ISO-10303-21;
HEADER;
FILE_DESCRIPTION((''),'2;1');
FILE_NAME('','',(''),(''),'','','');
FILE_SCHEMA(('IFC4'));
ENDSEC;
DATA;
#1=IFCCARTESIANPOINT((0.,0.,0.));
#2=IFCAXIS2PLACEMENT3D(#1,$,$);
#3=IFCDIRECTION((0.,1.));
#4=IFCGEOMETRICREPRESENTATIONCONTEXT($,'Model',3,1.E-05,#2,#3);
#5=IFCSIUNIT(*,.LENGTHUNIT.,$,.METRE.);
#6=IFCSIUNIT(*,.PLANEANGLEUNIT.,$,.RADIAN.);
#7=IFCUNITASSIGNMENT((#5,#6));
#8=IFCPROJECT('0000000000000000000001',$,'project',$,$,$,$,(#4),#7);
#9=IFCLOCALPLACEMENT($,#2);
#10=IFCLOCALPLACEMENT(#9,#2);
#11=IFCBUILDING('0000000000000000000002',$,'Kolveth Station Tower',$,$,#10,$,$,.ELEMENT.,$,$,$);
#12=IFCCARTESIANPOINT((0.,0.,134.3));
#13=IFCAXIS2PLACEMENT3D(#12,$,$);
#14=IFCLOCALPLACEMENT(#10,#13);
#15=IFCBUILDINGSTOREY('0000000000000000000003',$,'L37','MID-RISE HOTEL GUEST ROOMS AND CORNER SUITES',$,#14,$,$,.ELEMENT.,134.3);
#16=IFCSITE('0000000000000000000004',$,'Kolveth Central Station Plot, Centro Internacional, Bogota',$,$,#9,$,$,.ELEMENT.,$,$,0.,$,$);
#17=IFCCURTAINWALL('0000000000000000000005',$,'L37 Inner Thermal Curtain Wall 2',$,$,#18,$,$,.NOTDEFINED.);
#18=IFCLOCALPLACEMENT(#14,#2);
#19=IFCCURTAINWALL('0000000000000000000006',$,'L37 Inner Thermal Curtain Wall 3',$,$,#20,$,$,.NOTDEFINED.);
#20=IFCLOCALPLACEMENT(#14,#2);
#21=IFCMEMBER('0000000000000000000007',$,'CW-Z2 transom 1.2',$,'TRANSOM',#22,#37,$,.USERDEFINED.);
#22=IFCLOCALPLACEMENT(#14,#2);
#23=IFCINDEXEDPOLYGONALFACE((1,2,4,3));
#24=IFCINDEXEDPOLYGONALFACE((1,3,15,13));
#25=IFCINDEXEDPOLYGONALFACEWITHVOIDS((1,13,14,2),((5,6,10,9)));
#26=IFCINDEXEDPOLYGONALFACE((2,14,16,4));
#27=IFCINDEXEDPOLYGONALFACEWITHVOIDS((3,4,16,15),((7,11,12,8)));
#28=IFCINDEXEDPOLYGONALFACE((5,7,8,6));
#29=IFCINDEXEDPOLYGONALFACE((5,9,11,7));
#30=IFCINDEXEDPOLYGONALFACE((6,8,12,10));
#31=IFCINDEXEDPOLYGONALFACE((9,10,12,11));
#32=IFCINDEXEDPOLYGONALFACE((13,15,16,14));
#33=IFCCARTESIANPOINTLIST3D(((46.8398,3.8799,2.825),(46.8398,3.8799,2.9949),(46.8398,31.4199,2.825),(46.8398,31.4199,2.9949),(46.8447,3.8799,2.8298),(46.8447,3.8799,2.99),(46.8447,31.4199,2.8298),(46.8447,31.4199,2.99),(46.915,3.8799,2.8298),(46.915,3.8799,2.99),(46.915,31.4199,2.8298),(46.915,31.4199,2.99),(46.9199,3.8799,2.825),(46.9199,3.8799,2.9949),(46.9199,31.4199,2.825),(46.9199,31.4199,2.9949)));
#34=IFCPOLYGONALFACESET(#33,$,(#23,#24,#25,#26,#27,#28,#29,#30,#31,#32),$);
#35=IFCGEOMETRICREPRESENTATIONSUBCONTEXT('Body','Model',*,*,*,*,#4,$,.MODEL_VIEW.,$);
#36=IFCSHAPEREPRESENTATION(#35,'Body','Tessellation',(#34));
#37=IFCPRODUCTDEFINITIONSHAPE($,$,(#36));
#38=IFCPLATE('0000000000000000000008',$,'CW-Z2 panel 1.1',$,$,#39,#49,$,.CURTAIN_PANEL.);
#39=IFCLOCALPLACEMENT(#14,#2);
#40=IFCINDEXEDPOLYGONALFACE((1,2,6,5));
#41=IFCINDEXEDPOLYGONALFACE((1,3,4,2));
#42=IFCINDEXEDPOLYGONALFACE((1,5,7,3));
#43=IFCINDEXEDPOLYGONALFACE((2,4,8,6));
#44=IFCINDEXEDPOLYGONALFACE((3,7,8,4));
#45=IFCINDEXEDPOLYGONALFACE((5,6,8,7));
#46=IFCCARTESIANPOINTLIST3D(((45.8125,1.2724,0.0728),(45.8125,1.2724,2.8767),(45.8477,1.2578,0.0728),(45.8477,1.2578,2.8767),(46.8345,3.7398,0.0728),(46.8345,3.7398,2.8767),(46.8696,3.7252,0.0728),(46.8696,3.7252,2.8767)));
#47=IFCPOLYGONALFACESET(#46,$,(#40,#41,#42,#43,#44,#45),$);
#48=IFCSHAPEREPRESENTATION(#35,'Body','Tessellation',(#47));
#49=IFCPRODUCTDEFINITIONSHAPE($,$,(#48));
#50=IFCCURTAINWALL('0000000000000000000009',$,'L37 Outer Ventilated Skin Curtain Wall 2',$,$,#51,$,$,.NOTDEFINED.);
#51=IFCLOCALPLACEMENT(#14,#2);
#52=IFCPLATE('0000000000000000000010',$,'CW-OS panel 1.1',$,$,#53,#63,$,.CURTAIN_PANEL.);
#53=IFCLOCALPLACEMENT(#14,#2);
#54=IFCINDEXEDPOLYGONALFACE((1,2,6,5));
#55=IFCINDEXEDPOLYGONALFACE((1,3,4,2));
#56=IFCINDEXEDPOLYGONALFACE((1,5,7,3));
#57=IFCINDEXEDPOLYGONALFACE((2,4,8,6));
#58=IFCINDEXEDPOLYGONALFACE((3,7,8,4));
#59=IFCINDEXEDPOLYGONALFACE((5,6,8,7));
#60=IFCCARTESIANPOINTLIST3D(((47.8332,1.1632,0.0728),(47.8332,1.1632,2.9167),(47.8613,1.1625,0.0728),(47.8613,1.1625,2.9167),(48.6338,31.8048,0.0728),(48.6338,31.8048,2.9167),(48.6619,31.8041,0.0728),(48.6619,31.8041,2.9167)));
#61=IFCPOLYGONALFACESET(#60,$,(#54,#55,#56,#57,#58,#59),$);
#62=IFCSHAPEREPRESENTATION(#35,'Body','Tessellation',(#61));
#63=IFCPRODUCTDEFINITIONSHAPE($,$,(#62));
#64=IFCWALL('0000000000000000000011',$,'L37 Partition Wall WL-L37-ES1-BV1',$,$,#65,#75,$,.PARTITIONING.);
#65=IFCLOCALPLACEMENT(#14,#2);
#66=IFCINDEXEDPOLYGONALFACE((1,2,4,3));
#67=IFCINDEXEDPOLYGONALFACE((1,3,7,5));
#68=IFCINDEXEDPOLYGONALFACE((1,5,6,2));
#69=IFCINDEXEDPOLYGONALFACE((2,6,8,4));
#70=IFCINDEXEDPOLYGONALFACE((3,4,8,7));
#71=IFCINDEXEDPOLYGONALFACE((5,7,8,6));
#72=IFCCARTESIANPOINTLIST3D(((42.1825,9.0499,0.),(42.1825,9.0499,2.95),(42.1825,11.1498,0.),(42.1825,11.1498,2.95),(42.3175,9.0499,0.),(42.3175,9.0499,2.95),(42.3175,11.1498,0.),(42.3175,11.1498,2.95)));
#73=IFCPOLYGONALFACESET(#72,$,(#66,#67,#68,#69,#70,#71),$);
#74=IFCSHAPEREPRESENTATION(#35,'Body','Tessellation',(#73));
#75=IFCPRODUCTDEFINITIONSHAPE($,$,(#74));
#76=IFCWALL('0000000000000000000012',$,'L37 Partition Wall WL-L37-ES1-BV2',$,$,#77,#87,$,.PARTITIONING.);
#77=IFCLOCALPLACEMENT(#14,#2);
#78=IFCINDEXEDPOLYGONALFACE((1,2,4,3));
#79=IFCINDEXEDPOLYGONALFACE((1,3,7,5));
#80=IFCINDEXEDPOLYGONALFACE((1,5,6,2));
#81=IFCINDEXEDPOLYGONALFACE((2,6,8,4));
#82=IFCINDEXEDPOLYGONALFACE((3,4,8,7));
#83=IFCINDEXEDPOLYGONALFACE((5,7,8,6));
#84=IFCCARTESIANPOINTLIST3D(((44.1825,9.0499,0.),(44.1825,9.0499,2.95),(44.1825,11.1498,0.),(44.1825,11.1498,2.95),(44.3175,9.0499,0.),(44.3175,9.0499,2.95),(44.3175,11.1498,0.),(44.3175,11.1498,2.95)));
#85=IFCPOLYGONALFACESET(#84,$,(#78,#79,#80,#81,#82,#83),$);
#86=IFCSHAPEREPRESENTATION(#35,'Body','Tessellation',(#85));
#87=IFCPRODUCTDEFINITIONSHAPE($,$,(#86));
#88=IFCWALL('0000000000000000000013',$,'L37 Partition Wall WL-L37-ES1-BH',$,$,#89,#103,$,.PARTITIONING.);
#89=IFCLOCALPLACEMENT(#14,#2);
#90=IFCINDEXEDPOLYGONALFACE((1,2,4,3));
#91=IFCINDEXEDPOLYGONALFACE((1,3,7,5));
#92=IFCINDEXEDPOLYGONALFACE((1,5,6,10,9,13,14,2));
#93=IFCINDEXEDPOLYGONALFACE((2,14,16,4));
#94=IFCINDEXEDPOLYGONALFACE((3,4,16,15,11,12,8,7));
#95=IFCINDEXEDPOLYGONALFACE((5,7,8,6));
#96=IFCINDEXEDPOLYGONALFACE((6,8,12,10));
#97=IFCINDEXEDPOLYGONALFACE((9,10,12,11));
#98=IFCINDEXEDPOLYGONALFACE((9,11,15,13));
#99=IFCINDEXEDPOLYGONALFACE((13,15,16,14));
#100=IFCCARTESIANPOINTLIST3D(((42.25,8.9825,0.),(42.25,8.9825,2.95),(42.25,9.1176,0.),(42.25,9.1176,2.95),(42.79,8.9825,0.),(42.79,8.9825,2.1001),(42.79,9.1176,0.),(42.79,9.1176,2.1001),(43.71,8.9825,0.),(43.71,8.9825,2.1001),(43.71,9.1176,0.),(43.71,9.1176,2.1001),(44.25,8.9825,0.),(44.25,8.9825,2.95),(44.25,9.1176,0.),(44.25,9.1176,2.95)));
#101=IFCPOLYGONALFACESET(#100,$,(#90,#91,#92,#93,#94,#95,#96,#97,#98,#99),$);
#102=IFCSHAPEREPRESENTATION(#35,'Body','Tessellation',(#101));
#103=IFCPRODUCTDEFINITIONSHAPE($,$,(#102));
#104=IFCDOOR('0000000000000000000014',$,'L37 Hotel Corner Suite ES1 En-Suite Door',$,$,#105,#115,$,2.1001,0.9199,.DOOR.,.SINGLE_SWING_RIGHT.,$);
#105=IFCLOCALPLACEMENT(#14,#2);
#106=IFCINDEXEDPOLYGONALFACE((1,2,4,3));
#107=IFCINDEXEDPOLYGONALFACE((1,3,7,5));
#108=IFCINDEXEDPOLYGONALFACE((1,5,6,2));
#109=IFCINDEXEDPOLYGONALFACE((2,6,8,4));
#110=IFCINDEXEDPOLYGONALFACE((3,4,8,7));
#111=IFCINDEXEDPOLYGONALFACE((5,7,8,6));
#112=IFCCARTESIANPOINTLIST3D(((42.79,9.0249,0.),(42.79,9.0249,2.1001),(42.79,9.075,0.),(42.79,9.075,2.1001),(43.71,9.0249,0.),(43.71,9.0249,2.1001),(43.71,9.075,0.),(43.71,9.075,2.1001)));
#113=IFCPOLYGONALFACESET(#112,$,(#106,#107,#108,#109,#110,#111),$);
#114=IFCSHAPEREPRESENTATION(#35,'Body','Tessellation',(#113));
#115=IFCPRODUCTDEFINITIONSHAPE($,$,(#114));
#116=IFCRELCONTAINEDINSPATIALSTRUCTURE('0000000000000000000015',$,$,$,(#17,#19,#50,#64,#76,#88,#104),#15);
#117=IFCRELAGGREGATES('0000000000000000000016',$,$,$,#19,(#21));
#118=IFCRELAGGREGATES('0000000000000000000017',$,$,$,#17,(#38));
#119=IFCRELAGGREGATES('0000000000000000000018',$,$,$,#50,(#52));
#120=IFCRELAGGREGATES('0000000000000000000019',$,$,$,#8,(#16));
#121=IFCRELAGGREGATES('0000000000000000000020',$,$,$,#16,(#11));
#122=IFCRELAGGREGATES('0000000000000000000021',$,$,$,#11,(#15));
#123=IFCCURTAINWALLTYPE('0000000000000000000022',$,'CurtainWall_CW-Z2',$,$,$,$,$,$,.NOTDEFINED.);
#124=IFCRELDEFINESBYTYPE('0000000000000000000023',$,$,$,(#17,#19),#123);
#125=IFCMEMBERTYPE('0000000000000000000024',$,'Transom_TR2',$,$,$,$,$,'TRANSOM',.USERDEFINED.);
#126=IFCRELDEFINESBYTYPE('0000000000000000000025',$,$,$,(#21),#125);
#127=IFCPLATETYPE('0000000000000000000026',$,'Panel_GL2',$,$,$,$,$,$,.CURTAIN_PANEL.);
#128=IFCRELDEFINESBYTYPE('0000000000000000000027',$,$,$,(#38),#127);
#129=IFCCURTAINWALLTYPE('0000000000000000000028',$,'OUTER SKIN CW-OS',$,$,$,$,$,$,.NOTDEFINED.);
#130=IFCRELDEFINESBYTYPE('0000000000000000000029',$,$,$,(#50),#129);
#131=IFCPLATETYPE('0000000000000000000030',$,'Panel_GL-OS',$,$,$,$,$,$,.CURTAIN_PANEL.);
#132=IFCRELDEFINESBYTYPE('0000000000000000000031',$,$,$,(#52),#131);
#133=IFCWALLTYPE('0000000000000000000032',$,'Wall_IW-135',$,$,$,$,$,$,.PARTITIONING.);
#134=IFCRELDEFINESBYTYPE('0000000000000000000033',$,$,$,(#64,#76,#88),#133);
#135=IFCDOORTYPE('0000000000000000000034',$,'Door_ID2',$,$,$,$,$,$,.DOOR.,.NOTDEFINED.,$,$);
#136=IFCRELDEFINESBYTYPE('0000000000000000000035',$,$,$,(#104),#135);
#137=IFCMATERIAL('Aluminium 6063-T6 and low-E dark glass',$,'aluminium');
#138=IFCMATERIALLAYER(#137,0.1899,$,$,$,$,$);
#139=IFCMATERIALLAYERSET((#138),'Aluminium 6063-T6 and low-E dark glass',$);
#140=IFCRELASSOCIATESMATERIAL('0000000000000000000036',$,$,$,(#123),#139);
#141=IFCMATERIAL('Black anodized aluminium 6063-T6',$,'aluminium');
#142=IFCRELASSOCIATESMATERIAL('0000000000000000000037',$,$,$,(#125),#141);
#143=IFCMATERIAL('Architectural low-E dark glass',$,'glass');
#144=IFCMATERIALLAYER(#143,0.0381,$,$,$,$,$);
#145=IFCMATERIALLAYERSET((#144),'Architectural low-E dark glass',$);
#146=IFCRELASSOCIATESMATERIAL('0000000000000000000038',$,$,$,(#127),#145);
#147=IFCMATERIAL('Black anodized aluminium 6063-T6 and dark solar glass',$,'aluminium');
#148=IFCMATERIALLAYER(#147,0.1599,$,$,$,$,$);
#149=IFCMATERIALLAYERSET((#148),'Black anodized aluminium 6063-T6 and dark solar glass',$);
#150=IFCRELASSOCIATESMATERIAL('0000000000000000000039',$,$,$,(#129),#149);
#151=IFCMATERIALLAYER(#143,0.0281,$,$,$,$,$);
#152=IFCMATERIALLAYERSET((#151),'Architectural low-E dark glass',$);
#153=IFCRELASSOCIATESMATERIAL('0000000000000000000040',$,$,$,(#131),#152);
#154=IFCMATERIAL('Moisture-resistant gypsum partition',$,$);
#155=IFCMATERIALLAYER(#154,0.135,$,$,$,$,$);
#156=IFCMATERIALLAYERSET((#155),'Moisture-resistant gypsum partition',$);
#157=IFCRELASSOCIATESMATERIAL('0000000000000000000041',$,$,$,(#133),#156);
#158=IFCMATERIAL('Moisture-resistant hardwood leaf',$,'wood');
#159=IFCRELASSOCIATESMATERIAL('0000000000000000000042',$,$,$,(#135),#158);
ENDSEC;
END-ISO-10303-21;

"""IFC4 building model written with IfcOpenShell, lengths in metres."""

from ifc_helpers import new_model, si_unit, direction, frame, frame_2d, origin, origin_2d, place, context, subcontext, project, spatial, rectangle, hollow_rectangle, extrude, source, transform, mapped, material, layer, layer_set, material_profile, profile_set, type_object, element, fill, aggregate, save


model = new_model("IFC4")

# Units and contexts
model_context = context("Model", 3, precision=1e-05, world=origin(), true_north=direction((0.0, 1.0)))
body_context = subcontext(model_context, "Body", "Model", "MODEL_VIEW")
ifc_project = project(units=[si_unit("LENGTHUNIT", "METRE"), si_unit("PLANEANGLEUNIT", "RADIAN")], contexts=[model_context])

# Site, building, storey
site_placement = place(None, origin())
site = spatial("IfcSite", under=ifc_project, at=site_placement, Name="Kolveth Central Station Plot, Centro Internacional, Bogota", CompositionType="ELEMENT", RefElevation=0.0)
building_placement = place(site_placement, origin())
building = spatial("IfcBuilding", under=site, at=building_placement, Name="Kolveth Station Tower", CompositionType="ELEMENT")
storey_placement = place(building_placement, frame((0.0, 0.0, 134.3)))
storey = spatial("IfcBuildingStorey", under=building, at=storey_placement, Name="L37", Description="MID-RISE HOTEL GUEST ROOMS AND CORNER SUITES", CompositionType="ELEMENT", Elevation=134.3)

# Curtain wall
ifc_material_1 = material(Name="Aluminium 6063-T6 and low-E dark glass", Category="aluminium")
ifc_layer_1 = layer(ifc_material_1, 0.1899)
ifc_layer_set_1 = layer_set([ifc_layer_1], Name="Aluminium 6063-T6 and low-E dark glass")
curtain_wall_type_1 = type_object("IfcCurtainWallType", Name="CurtainWall_CW-Z2", PredefinedType="NOTDEFINED", material=ifc_layer_set_1)
curtain_wall_1_placement = place(storey_placement, origin())
curtain_wall_1 = element("IfcCurtainWall", 1, at=curtain_wall_1_placement, inside=storey, type_object=curtain_wall_type_1, Name="L37 Inner Thermal Curtain Wall 2", PredefinedType="NOTDEFINED")
ifc_material_2 = material(Name="Black anodized aluminium 6063-T6", Category="aluminium")

# Curtain wall, member
curtain_wall_2_placement = place(storey_placement, origin())
curtain_wall_2 = element("IfcCurtainWall", 2, at=curtain_wall_2_placement, inside=storey, type_object=curtain_wall_type_1, Name="L37 Inner Thermal Curtain Wall 3", PredefinedType="NOTDEFINED")
ifc_material_profile_1 = material_profile(ifc_material_2, hollow_rectangle(XDim=0.0801, YDim=0.1699, WallThickness=0.0049, at=origin_2d()), Name="ALU-80x170x5")
ifc_profile_set_1 = profile_set([ifc_material_profile_1], Name="Black anodized aluminium 6063-T6")
member_type_1 = type_object("IfcMemberType", Name="Transom_TR2", ElementType="TRANSOM", PredefinedType="USERDEFINED", material=ifc_profile_set_1)
shared_shape_1 = source(origin(), body_context, "Body", "SweptSolid", [
    extrude(hollow_rectangle(XDim=0.0801, YDim=0.1699, WallThickness=0.0049, at=origin_2d()), origin(), (0.0, 0.0, 1.0), 27.54),
])
member_1_placement = place(storey_placement, frame((46.8799, 3.8799, 2.9099), z_axis=(0.0, 1.0, 0.0), x_axis=(-1.0, 0.0, 0.0)))
member_1 = element("IfcMember", 3, at=member_1_placement, type_object=member_type_1, Name="CW-Z2 transom 1.2", ObjectType="TRANSOM", PredefinedType="USERDEFINED", context=body_context, shape_type="MappedRepresentation", body=[
    mapped(shared_shape_1, transform((0.0, 0.0, 0.0), x_axis=(1.0, 0.0, 0.0), y_axis=(0.0, 1.0, 0.0), z_axis=(0.0, 0.0, 1.0), scale=1.0)),
])
aggregate(curtain_wall_2, [member_1])

# Plate
ifc_material_3 = material(Name="Architectural low-E dark glass", Category="glass")
ifc_layer_2 = layer(ifc_material_3, 0.0381)
ifc_layer_set_2 = layer_set([ifc_layer_2], Name="Architectural low-E dark glass")
plate_type_1 = type_object("IfcPlateType", Name="Panel_GL2", PredefinedType="CURTAIN_PANEL", material=ifc_layer_set_2)
shared_shape_2 = source(origin(), body_context, "Body", "SweptSolid", [
    extrude(rectangle(XDim=2.6707, YDim=0.0381, at=origin_2d()), origin(), (0.0, 0.0, 1.0), 2.804),
])
plate_1_placement = place(storey_placement, frame((46.3411, 2.4988, 0.0728), z_axis=(0.0, 0.0, 1.0), x_axis=(0.382663, 0.923888, 0.0)))
plate_1 = element("IfcPlate", 4, at=plate_1_placement, type_object=plate_type_1, Name="CW-Z2 panel 1.1", PredefinedType="CURTAIN_PANEL", context=body_context, shape_type="MappedRepresentation", body=[
    mapped(shared_shape_2, transform((0.0, 0.0, 0.0), x_axis=(1.0, 0.0, 0.0), y_axis=(0.0, 1.0, 0.0), z_axis=(0.0, 0.0, 1.0), scale=1.0)),
])
aggregate(curtain_wall_1, [plate_1])

# Curtain wall, plate
ifc_material_4 = material(Name="Black anodized aluminium 6063-T6 and dark solar glass", Category="aluminium")
ifc_layer_3 = layer(ifc_material_4, 0.1599)
ifc_layer_set_3 = layer_set([ifc_layer_3], Name="Black anodized aluminium 6063-T6 and dark solar glass")
curtain_wall_type_2 = type_object("IfcCurtainWallType", Name="OUTER SKIN CW-OS", PredefinedType="NOTDEFINED", material=ifc_layer_set_3)
curtain_wall_3_placement = place(storey_placement, origin())
curtain_wall_3 = element("IfcCurtainWall", 5, at=curtain_wall_3_placement, inside=storey, type_object=curtain_wall_type_2, Name="L37 Outer Ventilated Skin Curtain Wall 2", PredefinedType="NOTDEFINED")
ifc_layer_4 = layer(ifc_material_3, 0.0281)
ifc_layer_set_4 = layer_set([ifc_layer_4], Name="Architectural low-E dark glass")
plate_type_2 = type_object("IfcPlateType", Name="Panel_GL-OS", PredefinedType="CURTAIN_PANEL", material=ifc_layer_set_4)
shared_shape_3 = source(origin(), body_context, "Body", "SweptSolid", [
    extrude(rectangle(XDim=30.6521, YDim=0.0281, at=origin_2d()), origin(), (0.0, 0.0, 1.0), 2.844),
])
plate_2_placement = place(storey_placement, frame((48.2476, 16.4836, 0.0728), z_axis=(0.0, 0.0, 1.0), x_axis=(0.026118, 0.999659, 0.0)))
plate_2 = element("IfcPlate", 6, at=plate_2_placement, type_object=plate_type_2, Name="CW-OS panel 1.1", PredefinedType="CURTAIN_PANEL", context=body_context, shape_type="MappedRepresentation", body=[
    mapped(shared_shape_3, transform((0.0, 0.0, 0.0), x_axis=(1.0, 0.0, 0.0), y_axis=(0.0, 1.0, 0.0), z_axis=(0.0, 0.0, 1.0), scale=1.0)),
])
aggregate(curtain_wall_3, [plate_2])

# Walls
ifc_material_5 = material(Name="Moisture-resistant gypsum partition")
ifc_layer_5 = layer(ifc_material_5, 0.135)
ifc_layer_set_5 = layer_set([ifc_layer_5], Name="Moisture-resistant gypsum partition")
wall_type = type_object("IfcWallType", Name="Wall_IW-135", PredefinedType="PARTITIONING", material=ifc_layer_set_5)
for number, where, z_axis, x_axis, name in (
    (7, (42.25, 9.05, 0.0), (0.0, 0.0, 1.0), (0.0, 1.0, 0.0), "L37 Partition Wall WL-L37-ES1-BV1"),
    (8, (44.25, 9.05, 0.0), (0.0, 0.0, 1.0), (0.0, 1.0, 0.0), "L37 Partition Wall WL-L37-ES1-BV2"),
):
    element("IfcWall", number, at=place(storey_placement, frame(where, z_axis=z_axis, x_axis=x_axis)), inside=storey, type_object=wall_type, Name=name, PredefinedType="PARTITIONING", context=body_context, shape_type="SweptSolid", body=[
        extrude(rectangle(XDim=2.0999, YDim=0.135, at=frame_2d((1.0498, 0.0))), origin(), (0.0, 0.0, 1.0), 2.95),
    ])

# Wall, opening, door
wall_placement = place(storey_placement, frame((42.25, 9.05, 0.0), z_axis=(0.0, 0.0, 1.0), x_axis=(1.0, 0.0, 0.0)))
wall = element("IfcWall", 9, at=wall_placement, inside=storey, type_object=wall_type, Name="L37 Partition Wall WL-L37-ES1-BH", PredefinedType="PARTITIONING", context=body_context, shape_type="SweptSolid", body=[
    extrude(rectangle(XDim=2.0, YDim=0.135, at=frame_2d((1.0, 0.0))), origin(), (0.0, 0.0, 1.0), 2.95),
])
opening_placement = place(wall_placement, frame((0.54, 0.0, 0.0)))
opening = element("IfcOpeningElement", 10, at=opening_placement, cuts=wall, PredefinedType="OPENING", context=body_context, shape_type="SweptSolid", body=[
    extrude(rectangle(XDim=0.9199, YDim=2.1001, at=frame_2d((0.46, 1.05))), frame((0.0, 0.0774, 0.0), z_axis=(0.0, -1.0, 0.0), x_axis=(1.0, 0.0, 0.0)), (0.0, 0.0, 1.0), 0.155),
])
ifc_material_6 = material(Name="Moisture-resistant hardwood leaf", Category="wood")
door_type = type_object("IfcDoorType", Name="Door_ID2", OperationType="NOTDEFINED", PredefinedType="DOOR", material=ifc_material_6)
door_placement = place(opening_placement, origin())
door = element("IfcDoor", 11, at=door_placement, inside=storey, type_object=door_type, Name="L37 Hotel Corner Suite ES1 En-Suite Door", OperationType="SINGLE_SWING_RIGHT", OverallHeight=2.1001, OverallWidth=0.9199, PredefinedType="DOOR", context=body_context, shape_type="SweptSolid", body=[
    extrude(rectangle(XDim=0.9199, YDim=2.1001, at=frame_2d((0.46, 1.05))), frame((0.0, 0.0249, 0.0), z_axis=(0.0, -1.0, 0.0), x_axis=(1.0, 0.0, 0.0)), (0.0, 0.0, 1.0), 0.05),
])
fill(opening, door)

save(model, "model.ifc")
